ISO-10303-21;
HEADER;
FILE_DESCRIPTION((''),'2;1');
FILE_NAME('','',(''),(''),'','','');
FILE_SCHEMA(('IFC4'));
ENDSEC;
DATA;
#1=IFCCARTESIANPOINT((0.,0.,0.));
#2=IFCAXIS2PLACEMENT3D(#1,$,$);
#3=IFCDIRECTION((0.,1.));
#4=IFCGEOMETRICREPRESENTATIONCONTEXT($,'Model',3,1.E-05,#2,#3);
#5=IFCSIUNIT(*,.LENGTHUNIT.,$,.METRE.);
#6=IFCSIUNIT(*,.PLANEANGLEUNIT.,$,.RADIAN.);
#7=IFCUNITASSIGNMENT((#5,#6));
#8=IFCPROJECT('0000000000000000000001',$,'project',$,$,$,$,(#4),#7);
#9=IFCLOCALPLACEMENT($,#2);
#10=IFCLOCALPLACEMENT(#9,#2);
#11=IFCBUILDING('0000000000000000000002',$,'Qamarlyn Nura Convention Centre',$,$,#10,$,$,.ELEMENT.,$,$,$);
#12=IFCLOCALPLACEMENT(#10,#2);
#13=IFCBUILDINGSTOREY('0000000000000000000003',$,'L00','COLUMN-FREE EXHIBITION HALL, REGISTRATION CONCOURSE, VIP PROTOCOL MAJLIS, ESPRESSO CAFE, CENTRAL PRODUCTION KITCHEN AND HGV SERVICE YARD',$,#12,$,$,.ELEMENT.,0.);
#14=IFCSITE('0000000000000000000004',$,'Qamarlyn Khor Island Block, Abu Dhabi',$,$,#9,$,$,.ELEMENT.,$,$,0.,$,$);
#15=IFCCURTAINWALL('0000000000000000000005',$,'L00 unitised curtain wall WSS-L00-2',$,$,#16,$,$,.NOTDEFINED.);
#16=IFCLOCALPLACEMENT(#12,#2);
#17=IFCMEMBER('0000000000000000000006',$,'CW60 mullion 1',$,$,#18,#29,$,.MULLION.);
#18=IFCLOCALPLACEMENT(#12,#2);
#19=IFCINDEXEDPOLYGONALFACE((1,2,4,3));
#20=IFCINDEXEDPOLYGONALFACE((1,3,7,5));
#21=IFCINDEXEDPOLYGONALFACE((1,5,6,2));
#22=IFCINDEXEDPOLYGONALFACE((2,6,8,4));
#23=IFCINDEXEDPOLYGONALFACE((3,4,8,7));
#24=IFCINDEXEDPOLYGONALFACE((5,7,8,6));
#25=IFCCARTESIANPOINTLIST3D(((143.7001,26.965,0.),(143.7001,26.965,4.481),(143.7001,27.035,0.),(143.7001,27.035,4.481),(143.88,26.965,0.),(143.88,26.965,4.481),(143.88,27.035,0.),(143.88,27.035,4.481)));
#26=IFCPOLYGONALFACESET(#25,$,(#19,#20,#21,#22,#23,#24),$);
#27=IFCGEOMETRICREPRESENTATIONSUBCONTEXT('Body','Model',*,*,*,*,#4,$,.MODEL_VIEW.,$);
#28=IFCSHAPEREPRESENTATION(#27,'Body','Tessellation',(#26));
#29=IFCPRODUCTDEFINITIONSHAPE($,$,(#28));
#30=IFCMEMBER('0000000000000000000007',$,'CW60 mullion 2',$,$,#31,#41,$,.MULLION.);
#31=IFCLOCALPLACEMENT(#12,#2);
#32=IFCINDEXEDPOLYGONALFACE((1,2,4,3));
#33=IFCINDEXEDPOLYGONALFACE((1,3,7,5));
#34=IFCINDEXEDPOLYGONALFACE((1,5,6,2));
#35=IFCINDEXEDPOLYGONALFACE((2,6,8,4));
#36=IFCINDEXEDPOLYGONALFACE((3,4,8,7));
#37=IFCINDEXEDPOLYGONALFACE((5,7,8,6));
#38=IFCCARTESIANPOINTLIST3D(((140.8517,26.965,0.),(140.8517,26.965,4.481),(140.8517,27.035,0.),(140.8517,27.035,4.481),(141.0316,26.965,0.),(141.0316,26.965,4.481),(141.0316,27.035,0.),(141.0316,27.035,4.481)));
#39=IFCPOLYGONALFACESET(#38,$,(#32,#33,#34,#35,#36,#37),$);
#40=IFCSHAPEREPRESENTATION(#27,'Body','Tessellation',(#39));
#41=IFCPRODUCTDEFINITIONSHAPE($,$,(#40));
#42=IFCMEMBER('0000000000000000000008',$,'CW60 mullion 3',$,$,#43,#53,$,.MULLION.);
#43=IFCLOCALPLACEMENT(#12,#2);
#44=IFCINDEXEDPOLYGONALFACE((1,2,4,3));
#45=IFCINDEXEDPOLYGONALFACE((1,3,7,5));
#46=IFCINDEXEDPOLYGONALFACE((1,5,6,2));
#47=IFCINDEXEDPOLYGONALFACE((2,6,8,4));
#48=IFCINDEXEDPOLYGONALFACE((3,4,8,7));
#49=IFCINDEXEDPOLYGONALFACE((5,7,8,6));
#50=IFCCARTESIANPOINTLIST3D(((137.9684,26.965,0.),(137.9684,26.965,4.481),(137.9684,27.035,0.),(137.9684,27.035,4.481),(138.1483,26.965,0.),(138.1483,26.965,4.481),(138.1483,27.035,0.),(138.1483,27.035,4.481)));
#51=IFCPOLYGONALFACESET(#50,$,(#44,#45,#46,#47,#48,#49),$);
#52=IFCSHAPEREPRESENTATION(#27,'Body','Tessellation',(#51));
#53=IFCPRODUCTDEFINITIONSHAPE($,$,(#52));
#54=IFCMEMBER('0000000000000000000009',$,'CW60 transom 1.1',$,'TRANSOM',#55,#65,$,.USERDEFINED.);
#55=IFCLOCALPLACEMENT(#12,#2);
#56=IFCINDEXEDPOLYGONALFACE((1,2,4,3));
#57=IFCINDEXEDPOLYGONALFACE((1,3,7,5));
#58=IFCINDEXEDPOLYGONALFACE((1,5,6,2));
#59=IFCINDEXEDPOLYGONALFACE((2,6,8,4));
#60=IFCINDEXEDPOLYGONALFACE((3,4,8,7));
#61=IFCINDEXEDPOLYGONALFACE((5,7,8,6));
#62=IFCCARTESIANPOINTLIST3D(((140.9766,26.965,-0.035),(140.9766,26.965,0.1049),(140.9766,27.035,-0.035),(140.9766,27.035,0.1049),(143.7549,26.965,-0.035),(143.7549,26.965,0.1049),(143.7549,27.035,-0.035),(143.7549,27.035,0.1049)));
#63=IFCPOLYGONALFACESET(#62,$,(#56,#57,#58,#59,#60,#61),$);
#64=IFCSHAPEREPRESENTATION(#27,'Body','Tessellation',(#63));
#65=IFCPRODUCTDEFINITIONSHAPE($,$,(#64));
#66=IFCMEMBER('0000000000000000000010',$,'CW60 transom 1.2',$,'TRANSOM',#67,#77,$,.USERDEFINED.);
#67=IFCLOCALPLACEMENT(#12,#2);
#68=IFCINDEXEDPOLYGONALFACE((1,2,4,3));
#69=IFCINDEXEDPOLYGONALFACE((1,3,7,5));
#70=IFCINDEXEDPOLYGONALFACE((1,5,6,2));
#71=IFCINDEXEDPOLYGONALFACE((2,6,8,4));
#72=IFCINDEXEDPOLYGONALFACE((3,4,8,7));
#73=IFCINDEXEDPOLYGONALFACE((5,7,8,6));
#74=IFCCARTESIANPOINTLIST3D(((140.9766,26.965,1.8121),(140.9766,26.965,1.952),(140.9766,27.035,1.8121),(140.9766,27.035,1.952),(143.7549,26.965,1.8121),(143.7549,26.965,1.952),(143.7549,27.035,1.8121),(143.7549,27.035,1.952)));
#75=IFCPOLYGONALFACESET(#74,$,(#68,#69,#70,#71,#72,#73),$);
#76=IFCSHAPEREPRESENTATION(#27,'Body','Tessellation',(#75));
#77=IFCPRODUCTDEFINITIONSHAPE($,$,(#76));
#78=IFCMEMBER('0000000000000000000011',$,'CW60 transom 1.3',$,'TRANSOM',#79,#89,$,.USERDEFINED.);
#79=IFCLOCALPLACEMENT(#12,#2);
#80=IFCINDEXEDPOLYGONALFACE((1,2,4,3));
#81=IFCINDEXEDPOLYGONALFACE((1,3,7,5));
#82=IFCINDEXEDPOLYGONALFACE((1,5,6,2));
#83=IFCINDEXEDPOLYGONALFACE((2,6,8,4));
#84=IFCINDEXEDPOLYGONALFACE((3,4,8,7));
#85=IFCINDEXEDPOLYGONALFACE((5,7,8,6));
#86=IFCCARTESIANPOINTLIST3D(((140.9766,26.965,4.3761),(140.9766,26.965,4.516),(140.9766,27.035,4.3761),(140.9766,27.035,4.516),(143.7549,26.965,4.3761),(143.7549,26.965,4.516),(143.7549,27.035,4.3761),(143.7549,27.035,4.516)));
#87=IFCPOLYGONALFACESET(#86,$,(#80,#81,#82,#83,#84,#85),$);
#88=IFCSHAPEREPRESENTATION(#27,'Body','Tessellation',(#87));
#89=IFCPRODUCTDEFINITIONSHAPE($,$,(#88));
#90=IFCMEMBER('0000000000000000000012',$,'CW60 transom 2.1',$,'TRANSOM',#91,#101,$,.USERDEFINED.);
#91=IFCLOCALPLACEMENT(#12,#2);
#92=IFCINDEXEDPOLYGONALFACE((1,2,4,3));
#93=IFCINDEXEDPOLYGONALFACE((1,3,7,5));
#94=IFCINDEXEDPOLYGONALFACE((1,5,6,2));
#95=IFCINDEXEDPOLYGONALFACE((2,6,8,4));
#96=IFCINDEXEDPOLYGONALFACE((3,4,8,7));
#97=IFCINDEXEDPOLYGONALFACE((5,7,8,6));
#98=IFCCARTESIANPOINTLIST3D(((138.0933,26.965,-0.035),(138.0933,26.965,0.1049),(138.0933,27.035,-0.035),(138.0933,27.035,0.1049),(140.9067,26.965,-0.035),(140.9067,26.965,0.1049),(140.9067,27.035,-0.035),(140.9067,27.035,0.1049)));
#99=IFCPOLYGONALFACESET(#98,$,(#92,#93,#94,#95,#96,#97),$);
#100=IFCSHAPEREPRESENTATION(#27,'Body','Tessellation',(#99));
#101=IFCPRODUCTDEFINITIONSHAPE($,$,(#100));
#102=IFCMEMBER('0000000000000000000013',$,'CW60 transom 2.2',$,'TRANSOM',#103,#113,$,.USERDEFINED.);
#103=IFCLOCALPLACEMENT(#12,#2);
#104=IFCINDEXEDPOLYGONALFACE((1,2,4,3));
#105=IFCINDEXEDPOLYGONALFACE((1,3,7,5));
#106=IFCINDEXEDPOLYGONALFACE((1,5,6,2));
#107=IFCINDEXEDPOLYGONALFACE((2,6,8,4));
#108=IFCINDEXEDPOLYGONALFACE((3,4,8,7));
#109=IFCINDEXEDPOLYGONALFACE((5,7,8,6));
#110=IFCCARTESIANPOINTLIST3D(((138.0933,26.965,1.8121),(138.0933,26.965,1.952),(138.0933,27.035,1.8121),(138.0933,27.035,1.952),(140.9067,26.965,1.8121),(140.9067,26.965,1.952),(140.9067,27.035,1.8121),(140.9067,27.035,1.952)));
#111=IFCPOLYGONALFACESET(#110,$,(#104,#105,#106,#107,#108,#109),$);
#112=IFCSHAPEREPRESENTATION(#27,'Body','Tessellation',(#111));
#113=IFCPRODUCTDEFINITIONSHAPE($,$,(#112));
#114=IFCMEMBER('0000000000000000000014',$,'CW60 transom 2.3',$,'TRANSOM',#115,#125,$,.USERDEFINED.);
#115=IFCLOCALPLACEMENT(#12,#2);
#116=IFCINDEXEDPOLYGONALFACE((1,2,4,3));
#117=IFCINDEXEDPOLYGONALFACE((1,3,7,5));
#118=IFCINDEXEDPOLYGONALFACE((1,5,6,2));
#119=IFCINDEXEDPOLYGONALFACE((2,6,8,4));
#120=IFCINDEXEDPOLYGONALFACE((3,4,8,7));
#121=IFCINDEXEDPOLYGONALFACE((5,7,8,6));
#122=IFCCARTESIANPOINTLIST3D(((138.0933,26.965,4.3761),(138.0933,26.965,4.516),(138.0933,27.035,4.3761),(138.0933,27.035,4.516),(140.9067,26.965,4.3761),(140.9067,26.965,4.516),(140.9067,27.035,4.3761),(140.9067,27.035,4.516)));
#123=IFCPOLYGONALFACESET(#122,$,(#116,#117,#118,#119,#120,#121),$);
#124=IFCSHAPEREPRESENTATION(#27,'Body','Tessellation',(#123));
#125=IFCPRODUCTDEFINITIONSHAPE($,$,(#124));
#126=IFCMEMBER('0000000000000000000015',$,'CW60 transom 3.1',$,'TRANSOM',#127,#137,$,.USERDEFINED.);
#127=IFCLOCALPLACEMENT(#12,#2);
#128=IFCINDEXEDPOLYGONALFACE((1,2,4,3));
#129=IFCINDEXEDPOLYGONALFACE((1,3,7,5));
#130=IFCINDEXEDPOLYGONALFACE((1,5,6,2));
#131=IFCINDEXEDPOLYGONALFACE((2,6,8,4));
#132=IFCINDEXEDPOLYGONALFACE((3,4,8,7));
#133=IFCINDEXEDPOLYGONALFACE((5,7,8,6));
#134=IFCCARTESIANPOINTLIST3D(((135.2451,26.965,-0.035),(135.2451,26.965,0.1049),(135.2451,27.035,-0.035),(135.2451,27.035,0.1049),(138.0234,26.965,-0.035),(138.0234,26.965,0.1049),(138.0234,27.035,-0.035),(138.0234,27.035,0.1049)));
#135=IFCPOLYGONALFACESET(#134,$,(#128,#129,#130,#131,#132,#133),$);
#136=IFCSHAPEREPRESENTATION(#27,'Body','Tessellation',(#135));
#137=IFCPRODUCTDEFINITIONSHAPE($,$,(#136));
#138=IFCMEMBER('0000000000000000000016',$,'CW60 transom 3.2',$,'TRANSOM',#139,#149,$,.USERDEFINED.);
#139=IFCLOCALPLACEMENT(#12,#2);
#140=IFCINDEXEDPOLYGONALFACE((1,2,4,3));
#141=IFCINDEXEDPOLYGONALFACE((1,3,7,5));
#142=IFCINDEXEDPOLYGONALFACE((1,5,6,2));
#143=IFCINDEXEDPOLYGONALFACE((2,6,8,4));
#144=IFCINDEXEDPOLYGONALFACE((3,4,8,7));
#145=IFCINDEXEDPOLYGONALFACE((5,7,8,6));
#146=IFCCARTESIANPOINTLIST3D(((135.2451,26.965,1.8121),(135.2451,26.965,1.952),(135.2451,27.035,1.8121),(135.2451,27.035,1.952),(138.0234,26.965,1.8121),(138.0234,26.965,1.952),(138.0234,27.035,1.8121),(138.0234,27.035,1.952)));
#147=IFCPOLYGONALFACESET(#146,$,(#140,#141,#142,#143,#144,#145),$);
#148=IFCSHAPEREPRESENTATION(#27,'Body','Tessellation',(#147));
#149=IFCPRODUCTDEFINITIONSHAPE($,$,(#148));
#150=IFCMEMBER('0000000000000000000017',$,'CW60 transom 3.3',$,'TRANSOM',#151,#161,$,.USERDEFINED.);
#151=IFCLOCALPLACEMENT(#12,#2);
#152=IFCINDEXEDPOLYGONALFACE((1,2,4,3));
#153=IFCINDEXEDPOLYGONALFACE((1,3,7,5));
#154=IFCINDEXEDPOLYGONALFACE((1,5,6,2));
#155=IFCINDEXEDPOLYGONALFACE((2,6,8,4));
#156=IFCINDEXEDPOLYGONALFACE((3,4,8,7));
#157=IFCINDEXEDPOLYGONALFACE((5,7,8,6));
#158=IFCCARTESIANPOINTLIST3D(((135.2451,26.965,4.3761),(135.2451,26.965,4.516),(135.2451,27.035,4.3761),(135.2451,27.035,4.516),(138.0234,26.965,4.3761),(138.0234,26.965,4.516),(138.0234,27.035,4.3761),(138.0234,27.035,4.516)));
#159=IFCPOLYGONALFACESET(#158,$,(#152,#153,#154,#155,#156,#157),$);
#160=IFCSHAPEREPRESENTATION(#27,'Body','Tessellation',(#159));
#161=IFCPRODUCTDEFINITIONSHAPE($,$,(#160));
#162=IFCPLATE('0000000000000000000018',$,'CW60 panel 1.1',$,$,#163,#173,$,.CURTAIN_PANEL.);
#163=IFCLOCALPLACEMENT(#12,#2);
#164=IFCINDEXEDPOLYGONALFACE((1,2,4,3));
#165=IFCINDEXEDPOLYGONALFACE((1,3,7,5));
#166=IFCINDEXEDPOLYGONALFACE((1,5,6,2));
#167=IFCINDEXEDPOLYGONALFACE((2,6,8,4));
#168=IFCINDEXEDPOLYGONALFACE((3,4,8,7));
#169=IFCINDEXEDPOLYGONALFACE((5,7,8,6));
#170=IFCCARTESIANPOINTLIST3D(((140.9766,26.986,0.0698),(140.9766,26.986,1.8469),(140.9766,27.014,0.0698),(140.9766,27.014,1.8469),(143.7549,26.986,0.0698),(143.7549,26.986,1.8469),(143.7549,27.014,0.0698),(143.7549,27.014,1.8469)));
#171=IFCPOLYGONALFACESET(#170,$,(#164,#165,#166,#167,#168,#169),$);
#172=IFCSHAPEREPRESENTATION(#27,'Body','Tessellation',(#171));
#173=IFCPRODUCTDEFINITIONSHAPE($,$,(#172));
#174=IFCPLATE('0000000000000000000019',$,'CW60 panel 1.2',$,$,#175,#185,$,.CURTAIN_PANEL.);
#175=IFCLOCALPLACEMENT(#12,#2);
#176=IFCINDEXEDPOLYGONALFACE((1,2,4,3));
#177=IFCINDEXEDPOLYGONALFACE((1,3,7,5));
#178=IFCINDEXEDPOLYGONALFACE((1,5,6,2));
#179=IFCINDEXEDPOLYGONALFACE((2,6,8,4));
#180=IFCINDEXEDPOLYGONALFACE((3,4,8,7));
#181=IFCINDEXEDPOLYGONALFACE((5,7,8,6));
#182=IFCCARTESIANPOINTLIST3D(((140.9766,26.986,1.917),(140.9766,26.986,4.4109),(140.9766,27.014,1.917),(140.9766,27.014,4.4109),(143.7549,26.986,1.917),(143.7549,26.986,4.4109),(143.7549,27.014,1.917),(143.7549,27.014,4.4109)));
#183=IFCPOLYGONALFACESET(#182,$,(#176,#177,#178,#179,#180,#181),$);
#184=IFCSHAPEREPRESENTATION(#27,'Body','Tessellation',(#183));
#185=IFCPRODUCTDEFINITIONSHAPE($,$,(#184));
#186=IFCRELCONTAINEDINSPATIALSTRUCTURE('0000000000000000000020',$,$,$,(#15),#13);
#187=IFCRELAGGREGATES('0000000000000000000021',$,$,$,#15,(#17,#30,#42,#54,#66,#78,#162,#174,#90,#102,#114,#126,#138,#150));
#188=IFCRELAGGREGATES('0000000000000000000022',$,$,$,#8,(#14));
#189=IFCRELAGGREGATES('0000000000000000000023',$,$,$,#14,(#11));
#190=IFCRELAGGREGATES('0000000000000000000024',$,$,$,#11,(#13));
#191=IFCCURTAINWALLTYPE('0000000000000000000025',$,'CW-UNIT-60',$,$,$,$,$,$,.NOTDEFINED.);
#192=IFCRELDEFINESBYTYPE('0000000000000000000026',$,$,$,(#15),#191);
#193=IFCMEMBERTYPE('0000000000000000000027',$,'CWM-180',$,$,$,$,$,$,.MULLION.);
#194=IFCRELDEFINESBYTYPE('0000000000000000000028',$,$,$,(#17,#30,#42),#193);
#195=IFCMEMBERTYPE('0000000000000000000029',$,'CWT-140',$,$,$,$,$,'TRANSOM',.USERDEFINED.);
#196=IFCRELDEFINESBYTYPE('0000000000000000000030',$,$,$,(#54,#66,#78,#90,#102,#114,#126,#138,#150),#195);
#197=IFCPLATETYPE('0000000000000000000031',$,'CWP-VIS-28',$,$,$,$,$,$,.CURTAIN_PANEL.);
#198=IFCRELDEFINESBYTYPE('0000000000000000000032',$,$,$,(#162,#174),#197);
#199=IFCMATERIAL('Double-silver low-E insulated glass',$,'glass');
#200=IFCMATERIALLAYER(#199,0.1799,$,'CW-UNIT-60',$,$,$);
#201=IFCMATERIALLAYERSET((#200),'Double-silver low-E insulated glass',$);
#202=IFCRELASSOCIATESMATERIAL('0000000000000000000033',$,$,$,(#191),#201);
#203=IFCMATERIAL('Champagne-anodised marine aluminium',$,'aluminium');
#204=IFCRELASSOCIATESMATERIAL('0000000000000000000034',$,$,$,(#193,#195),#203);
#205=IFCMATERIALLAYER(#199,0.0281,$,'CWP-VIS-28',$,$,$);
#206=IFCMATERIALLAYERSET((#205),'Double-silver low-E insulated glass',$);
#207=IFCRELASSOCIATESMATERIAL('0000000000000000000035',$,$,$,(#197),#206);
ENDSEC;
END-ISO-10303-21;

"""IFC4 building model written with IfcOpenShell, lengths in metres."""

from ifc_helpers import new_model, si_unit, direction, frame, origin, origin_2d, place, context, subcontext, project, spatial, rectangle, extrude, material, layer, layer_set, material_profile, profile_set, type_object, element, aggregate, save


model = new_model("IFC4")

# Units and contexts
model_context = context("Model", 3, precision=1e-05, world=origin(), true_north=direction((0.0, 1.0)))
body_context = subcontext(model_context, "Body", "Model", "MODEL_VIEW")
ifc_project = project(units=[si_unit("LENGTHUNIT", "METRE"), si_unit("PLANEANGLEUNIT", "RADIAN")], contexts=[model_context])

# Site, building, storey
site_placement = place(None, origin())
site = spatial("IfcSite", under=ifc_project, at=site_placement, Name="Qamarlyn Khor Island Block, Abu Dhabi", CompositionType="ELEMENT", RefElevation=0.0)
building_placement = place(site_placement, origin())
building = spatial("IfcBuilding", under=site, at=building_placement, Name="Qamarlyn Nura Convention Centre", CompositionType="ELEMENT")
storey_placement = place(building_placement, origin())
storey = spatial("IfcBuildingStorey", under=building, at=storey_placement, Name="L00", Description="COLUMN-FREE EXHIBITION HALL, REGISTRATION CONCOURSE, VIP PROTOCOL MAJLIS, ESPRESSO CAFE, CENTRAL PRODUCTION KITCHEN AND HGV SERVICE YARD", CompositionType="ELEMENT", Elevation=0.0)

# Curtain wall, members, plates
ifc_material_1 = material(Name="Double-silver low-E insulated glass", Category="glass")
ifc_layer_1 = layer(ifc_material_1, 0.1799, Name="CW-UNIT-60")
ifc_layer_set_1 = layer_set([ifc_layer_1], Name="Double-silver low-E insulated glass")
curtain_wall_type = type_object("IfcCurtainWallType", Name="CW-UNIT-60", PredefinedType="NOTDEFINED", material=ifc_layer_set_1)
curtain_wall_placement = place(storey_placement, origin())
curtain_wall = element("IfcCurtainWall", 1, at=curtain_wall_placement, inside=storey, type_object=curtain_wall_type, Name="L00 unitised curtain wall WSS-L00-2", PredefinedType="NOTDEFINED")
ifc_material_2 = material(Name="Champagne-anodised marine aluminium", Category="aluminium")
ifc_material_profile_1 = material_profile(ifc_material_2, rectangle(XDim=0.0701, YDim=0.1799, at=origin_2d()), Name="ALU MULLION 70x180")
ifc_profile_set_1 = profile_set([ifc_material_profile_1], Name="Champagne-anodised marine aluminium")
member_type_1 = type_object("IfcMemberType", Name="CWM-180", PredefinedType="MULLION", material=ifc_profile_set_1)
member_1_placement = place(storey_placement, frame((143.79, 27.0, 0.0), z_axis=(0.0, 0.0, 1.0), x_axis=(0.0, -1.0, 0.0)))
member_1 = element("IfcMember", 2, at=member_1_placement, type_object=member_type_1, Name="CW60 mullion 1", PredefinedType="MULLION", context=body_context, shape_type="SweptSolid", body=[
    extrude(rectangle(XDim=0.0701, YDim=0.1799, at=origin_2d()), origin(), (0.0, 0.0, 1.0), 4.481),
])
member_2_placement = place(storey_placement, frame((140.9417, 27.0, 0.0), z_axis=(0.0, 0.0, 1.0), x_axis=(0.0, -1.0, 0.0)))
member_2 = element("IfcMember", 3, at=member_2_placement, type_object=member_type_1, Name="CW60 mullion 2", PredefinedType="MULLION", context=body_context, shape_type="SweptSolid", body=[
    extrude(rectangle(XDim=0.0701, YDim=0.1799, at=origin_2d()), origin(), (0.0, 0.0, 1.0), 4.481),
])
member_3_placement = place(storey_placement, frame((138.0583, 27.0, 0.0), z_axis=(0.0, 0.0, 1.0), x_axis=(0.0, -1.0, 0.0)))
member_3 = element("IfcMember", 4, at=member_3_placement, type_object=member_type_1, Name="CW60 mullion 3", PredefinedType="MULLION", context=body_context, shape_type="SweptSolid", body=[
    extrude(rectangle(XDim=0.0701, YDim=0.1799, at=origin_2d()), origin(), (0.0, 0.0, 1.0), 4.481),
])
ifc_material_profile_2 = material_profile(ifc_material_2, rectangle(XDim=0.0701, YDim=0.1399, at=origin_2d()), Name="ALU TRANSOM 70x140")
ifc_profile_set_2 = profile_set([ifc_material_profile_2], Name="Champagne-anodised marine aluminium")
member_type_2 = type_object("IfcMemberType", Name="CWT-140", ElementType="TRANSOM", PredefinedType="USERDEFINED", material=ifc_profile_set_2)
member_4_placement = place(storey_placement, frame((143.7549, 27.0, 0.0349), z_axis=(-1.0, 0.0, 0.0), x_axis=(0.0, -1.0, 0.0)))
member_4 = element("IfcMember", 5, at=member_4_placement, type_object=member_type_2, Name="CW60 transom 1.1", ObjectType="TRANSOM", PredefinedType="USERDEFINED", context=body_context, shape_type="SweptSolid", body=[
    extrude(rectangle(XDim=0.0701, YDim=0.1399, at=origin_2d()), origin(), (0.0, 0.0, 1.0), 2.7783),
])
member_5_placement = place(storey_placement, frame((143.7549, 27.0, 1.8821), z_axis=(-1.0, 0.0, 0.0), x_axis=(0.0, -1.0, 0.0)))
member_5 = element("IfcMember", 6, at=member_5_placement, type_object=member_type_2, Name="CW60 transom 1.2", ObjectType="TRANSOM", PredefinedType="USERDEFINED", context=body_context, shape_type="SweptSolid", body=[
    extrude(rectangle(XDim=0.0701, YDim=0.1399, at=origin_2d()), origin(), (0.0, 0.0, 1.0), 2.7783),
])
member_6_placement = place(storey_placement, frame((143.7549, 27.0, 4.446), z_axis=(-1.0, 0.0, 0.0), x_axis=(0.0, -1.0, 0.0)))
member_6 = element("IfcMember", 7, at=member_6_placement, type_object=member_type_2, Name="CW60 transom 1.3", ObjectType="TRANSOM", PredefinedType="USERDEFINED", context=body_context, shape_type="SweptSolid", body=[
    extrude(rectangle(XDim=0.0701, YDim=0.1399, at=origin_2d()), origin(), (0.0, 0.0, 1.0), 2.7783),
])
member_7_placement = place(storey_placement, frame((140.9067, 27.0, 0.0349), z_axis=(-1.0, 0.0, 0.0), x_axis=(0.0, -1.0, 0.0)))
member_7 = element("IfcMember", 8, at=member_7_placement, type_object=member_type_2, Name="CW60 transom 2.1", ObjectType="TRANSOM", PredefinedType="USERDEFINED", context=body_context, shape_type="SweptSolid", body=[
    extrude(rectangle(XDim=0.0701, YDim=0.1399, at=origin_2d()), origin(), (0.0, 0.0, 1.0), 2.8135),
])
member_8_placement = place(storey_placement, frame((140.9067, 27.0, 1.8821), z_axis=(-1.0, 0.0, 0.0), x_axis=(0.0, -1.0, 0.0)))
member_8 = element("IfcMember", 9, at=member_8_placement, type_object=member_type_2, Name="CW60 transom 2.2", ObjectType="TRANSOM", PredefinedType="USERDEFINED", context=body_context, shape_type="SweptSolid", body=[
    extrude(rectangle(XDim=0.0701, YDim=0.1399, at=origin_2d()), origin(), (0.0, 0.0, 1.0), 2.8135),
])
member_9_placement = place(storey_placement, frame((140.9067, 27.0, 4.446), z_axis=(-1.0, 0.0, 0.0), x_axis=(0.0, -1.0, 0.0)))
member_9 = element("IfcMember", 10, at=member_9_placement, type_object=member_type_2, Name="CW60 transom 2.3", ObjectType="TRANSOM", PredefinedType="USERDEFINED", context=body_context, shape_type="SweptSolid", body=[
    extrude(rectangle(XDim=0.0701, YDim=0.1399, at=origin_2d()), origin(), (0.0, 0.0, 1.0), 2.8135),
])
member_10_placement = place(storey_placement, frame((138.0234, 27.0, 0.0349), z_axis=(-1.0, 0.0, 0.0), x_axis=(0.0, -1.0, 0.0)))
member_10 = element("IfcMember", 11, at=member_10_placement, type_object=member_type_2, Name="CW60 transom 3.1", ObjectType="TRANSOM", PredefinedType="USERDEFINED", context=body_context, shape_type="SweptSolid", body=[
    extrude(rectangle(XDim=0.0701, YDim=0.1399, at=origin_2d()), origin(), (0.0, 0.0, 1.0), 2.7783),
])
member_11_placement = place(storey_placement, frame((138.0234, 27.0, 1.8821), z_axis=(-1.0, 0.0, 0.0), x_axis=(0.0, -1.0, 0.0)))
member_11 = element("IfcMember", 12, at=member_11_placement, type_object=member_type_2, Name="CW60 transom 3.2", ObjectType="TRANSOM", PredefinedType="USERDEFINED", context=body_context, shape_type="SweptSolid", body=[
    extrude(rectangle(XDim=0.0701, YDim=0.1399, at=origin_2d()), origin(), (0.0, 0.0, 1.0), 2.7783),
])
member_12_placement = place(storey_placement, frame((138.0234, 27.0, 4.446), z_axis=(-1.0, 0.0, 0.0), x_axis=(0.0, -1.0, 0.0)))
member_12 = element("IfcMember", 13, at=member_12_placement, type_object=member_type_2, Name="CW60 transom 3.3", ObjectType="TRANSOM", PredefinedType="USERDEFINED", context=body_context, shape_type="SweptSolid", body=[
    extrude(rectangle(XDim=0.0701, YDim=0.1399, at=origin_2d()), origin(), (0.0, 0.0, 1.0), 2.7783),
])
ifc_layer_2 = layer(ifc_material_1, 0.0281, Name="CWP-VIS-28")
ifc_layer_set_2 = layer_set([ifc_layer_2], Name="Double-silver low-E insulated glass")
plate_type = type_object("IfcPlateType", Name="CWP-VIS-28", PredefinedType="CURTAIN_PANEL", material=ifc_layer_set_2)
plate_1_placement = place(storey_placement, frame((142.3657, 27.0, 0.0698), z_axis=(0.0, 0.0, 1.0), x_axis=(-1.0, 0.0, 0.0)))
plate_1 = element("IfcPlate", 14, at=plate_1_placement, type_object=plate_type, Name="CW60 panel 1.1", PredefinedType="CURTAIN_PANEL", context=body_context, shape_type="SweptSolid", body=[
    extrude(rectangle(XDim=2.7783, YDim=0.0281, at=origin_2d()), origin(), (0.0, 0.0, 1.0), 1.7771),
])
plate_2_placement = place(storey_placement, frame((142.3657, 27.0, 1.917), z_axis=(0.0, 0.0, 1.0), x_axis=(-1.0, 0.0, 0.0)))
plate_2 = element("IfcPlate", 15, at=plate_2_placement, type_object=plate_type, Name="CW60 panel 1.2", PredefinedType="CURTAIN_PANEL", context=body_context, shape_type="SweptSolid", body=[
    extrude(rectangle(XDim=2.7783, YDim=0.0281, at=origin_2d()), origin(), (0.0, 0.0, 1.0), 2.4939),
])
aggregate(curtain_wall, [member_1, member_2, member_3, member_4, member_5, member_6, plate_1, plate_2, member_7, member_8, member_9, member_10, member_11, member_12])

save(model, "model.ifc")
